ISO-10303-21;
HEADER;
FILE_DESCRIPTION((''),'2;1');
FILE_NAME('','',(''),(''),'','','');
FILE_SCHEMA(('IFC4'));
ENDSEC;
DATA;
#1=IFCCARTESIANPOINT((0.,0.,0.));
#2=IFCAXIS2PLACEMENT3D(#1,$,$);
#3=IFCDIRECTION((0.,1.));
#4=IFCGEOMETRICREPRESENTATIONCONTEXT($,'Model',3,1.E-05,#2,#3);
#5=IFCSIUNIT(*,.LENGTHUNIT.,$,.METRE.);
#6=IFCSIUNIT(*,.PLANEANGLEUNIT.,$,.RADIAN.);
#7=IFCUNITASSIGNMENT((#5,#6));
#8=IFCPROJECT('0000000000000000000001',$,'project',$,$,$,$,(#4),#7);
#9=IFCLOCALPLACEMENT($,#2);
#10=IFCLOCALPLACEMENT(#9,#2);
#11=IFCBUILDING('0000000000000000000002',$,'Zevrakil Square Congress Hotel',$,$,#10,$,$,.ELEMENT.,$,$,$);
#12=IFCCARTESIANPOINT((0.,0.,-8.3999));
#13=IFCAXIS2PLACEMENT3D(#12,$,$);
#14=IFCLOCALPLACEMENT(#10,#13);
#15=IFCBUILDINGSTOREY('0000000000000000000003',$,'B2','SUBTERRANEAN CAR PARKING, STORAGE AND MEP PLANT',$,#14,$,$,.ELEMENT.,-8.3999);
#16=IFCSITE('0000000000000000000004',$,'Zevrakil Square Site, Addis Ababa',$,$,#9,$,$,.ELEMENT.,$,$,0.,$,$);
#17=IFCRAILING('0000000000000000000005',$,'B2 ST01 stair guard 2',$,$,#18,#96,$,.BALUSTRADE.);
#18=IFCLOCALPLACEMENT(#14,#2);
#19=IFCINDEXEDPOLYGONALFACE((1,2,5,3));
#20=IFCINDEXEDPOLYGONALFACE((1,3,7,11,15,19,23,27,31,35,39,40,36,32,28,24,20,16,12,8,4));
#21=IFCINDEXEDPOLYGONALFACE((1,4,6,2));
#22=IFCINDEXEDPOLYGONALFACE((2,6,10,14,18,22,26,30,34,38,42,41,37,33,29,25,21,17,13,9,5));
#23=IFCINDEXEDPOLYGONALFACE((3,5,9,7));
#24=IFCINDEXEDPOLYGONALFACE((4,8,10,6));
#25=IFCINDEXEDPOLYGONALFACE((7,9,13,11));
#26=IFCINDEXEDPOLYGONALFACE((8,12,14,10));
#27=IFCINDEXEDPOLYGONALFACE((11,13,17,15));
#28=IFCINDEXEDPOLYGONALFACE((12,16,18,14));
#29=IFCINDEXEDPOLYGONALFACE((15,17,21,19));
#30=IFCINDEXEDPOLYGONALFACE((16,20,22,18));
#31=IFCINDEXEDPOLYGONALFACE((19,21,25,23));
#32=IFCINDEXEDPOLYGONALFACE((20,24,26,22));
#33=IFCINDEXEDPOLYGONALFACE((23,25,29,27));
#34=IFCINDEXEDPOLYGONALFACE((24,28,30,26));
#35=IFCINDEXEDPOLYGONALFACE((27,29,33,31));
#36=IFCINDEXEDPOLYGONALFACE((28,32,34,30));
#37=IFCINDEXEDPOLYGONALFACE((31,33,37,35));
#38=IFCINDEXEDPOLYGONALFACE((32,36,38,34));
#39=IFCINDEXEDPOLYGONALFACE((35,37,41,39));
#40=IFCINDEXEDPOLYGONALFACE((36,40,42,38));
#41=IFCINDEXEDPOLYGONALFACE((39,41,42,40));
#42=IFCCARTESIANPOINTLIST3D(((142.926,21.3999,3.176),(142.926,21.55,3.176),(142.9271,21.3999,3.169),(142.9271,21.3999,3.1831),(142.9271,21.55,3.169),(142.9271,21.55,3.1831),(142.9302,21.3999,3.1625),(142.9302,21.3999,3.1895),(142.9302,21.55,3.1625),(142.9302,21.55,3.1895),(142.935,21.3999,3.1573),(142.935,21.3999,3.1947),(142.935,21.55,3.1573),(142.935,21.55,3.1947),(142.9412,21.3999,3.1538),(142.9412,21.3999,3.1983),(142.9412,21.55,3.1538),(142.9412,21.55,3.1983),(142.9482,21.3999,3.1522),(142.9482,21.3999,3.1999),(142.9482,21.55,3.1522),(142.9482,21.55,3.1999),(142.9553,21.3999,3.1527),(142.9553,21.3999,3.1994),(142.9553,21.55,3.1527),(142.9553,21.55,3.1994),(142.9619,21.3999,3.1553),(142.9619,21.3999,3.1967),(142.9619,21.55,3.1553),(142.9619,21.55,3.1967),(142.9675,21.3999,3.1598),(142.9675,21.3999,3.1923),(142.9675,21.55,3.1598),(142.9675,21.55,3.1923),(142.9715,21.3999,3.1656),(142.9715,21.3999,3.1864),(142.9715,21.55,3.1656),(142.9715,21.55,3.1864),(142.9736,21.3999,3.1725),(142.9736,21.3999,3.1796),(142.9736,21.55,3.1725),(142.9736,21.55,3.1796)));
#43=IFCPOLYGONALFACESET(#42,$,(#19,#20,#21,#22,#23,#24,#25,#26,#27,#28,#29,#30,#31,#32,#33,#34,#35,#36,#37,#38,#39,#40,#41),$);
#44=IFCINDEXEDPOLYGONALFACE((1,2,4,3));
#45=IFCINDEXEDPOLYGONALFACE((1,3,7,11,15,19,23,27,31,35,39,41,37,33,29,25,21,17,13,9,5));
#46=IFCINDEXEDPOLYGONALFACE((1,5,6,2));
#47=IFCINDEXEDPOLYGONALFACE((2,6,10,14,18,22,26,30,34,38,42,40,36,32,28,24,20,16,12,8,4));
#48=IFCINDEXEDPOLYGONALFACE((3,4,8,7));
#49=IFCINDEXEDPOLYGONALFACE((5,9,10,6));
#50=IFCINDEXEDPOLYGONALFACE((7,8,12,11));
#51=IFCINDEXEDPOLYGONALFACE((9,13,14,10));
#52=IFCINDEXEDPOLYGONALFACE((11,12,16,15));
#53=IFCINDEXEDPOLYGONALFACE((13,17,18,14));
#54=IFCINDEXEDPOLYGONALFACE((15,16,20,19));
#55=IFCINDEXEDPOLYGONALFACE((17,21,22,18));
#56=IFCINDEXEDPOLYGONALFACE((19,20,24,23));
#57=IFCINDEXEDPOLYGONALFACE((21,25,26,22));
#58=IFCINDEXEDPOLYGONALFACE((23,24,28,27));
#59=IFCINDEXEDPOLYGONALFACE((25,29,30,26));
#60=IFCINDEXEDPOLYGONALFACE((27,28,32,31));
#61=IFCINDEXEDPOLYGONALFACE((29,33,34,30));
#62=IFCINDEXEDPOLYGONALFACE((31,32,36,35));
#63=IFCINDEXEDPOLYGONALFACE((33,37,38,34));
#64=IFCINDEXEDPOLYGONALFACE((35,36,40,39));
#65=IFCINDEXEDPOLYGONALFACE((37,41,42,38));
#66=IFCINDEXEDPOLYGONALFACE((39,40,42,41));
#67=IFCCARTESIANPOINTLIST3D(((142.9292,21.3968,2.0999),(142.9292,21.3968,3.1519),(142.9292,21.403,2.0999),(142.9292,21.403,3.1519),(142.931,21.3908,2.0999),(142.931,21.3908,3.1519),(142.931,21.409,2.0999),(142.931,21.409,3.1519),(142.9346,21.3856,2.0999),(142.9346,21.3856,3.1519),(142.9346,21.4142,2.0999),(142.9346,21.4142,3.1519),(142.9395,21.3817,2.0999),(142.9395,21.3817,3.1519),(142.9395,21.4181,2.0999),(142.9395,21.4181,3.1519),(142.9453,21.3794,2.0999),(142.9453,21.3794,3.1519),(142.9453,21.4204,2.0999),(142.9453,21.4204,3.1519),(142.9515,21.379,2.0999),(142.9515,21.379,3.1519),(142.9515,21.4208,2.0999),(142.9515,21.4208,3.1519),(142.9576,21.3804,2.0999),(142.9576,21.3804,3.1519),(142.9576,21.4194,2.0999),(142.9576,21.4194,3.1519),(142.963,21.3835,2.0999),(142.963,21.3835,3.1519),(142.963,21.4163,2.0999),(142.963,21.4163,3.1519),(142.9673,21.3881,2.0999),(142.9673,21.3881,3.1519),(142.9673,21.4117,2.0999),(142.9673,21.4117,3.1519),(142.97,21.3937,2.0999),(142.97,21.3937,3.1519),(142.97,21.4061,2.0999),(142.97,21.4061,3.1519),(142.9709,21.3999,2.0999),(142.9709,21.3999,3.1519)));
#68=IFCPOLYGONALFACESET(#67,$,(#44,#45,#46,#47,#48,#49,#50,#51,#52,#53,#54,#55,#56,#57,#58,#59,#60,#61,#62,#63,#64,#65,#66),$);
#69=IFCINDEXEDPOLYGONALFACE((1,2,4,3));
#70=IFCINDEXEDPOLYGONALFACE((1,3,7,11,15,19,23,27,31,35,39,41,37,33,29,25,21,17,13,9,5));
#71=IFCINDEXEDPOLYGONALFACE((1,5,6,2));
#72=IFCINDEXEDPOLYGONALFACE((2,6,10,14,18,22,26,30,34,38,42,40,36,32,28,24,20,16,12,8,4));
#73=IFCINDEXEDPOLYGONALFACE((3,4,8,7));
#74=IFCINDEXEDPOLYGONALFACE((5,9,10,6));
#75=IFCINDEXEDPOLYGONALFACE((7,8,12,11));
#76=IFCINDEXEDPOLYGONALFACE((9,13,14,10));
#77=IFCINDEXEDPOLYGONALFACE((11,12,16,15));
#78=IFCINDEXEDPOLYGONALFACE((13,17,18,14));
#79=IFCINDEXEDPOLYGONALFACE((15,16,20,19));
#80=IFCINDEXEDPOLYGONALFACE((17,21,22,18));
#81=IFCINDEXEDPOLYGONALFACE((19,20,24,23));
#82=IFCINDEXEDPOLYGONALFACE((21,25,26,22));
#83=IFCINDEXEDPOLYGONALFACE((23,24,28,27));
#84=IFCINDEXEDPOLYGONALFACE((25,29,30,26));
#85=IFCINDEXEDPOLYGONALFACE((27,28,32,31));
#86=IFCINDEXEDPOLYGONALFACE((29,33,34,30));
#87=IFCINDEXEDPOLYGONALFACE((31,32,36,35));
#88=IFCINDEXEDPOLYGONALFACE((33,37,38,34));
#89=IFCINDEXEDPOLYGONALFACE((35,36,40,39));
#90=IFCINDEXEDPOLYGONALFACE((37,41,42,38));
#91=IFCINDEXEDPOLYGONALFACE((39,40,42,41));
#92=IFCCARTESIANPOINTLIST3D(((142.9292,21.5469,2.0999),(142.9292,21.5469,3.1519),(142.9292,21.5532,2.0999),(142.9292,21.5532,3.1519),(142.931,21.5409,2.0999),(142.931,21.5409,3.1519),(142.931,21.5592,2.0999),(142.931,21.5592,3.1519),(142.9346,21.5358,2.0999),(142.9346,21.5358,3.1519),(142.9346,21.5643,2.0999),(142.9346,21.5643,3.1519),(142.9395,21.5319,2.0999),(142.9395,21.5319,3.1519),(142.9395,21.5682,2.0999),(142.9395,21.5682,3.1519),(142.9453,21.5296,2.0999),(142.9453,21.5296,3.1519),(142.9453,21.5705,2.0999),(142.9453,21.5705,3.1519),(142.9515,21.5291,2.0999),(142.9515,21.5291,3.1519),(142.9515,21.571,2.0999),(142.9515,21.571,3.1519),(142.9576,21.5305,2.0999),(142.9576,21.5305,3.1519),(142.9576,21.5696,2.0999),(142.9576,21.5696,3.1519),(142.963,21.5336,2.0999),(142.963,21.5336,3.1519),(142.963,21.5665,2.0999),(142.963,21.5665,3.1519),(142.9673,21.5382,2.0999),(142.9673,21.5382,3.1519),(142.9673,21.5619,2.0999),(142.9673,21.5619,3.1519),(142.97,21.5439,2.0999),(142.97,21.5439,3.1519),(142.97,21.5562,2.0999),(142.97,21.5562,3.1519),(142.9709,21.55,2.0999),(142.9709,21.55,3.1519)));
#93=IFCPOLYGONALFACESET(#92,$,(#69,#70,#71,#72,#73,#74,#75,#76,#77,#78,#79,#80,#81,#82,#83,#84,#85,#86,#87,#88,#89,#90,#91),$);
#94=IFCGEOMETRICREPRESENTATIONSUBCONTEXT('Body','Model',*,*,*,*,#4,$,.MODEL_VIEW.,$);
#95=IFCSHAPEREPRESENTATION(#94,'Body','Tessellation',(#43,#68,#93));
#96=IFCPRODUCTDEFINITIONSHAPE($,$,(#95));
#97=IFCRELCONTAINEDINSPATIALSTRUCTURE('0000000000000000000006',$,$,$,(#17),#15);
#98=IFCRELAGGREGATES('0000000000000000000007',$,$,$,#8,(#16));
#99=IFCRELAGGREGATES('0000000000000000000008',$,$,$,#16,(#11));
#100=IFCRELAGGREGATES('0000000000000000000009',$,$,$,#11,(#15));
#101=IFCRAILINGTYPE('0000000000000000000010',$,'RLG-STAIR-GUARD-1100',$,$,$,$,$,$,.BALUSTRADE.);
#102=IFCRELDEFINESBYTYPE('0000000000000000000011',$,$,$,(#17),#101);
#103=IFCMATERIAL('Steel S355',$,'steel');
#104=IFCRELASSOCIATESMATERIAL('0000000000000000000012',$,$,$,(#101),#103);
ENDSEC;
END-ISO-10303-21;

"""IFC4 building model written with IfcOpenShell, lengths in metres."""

from ifc_helpers import new_model, si_unit, direction, frame, origin, origin_2d, place, context, subcontext, project, spatial, circle, extrude, material, type_object, element, save


model = new_model("IFC4")

# Units and contexts
model_context = context("Model", 3, precision=1e-05, world=origin(), true_north=direction((0.0, 1.0)))
body_context = subcontext(model_context, "Body", "Model", "MODEL_VIEW")
ifc_project = project(units=[si_unit("LENGTHUNIT", "METRE"), si_unit("PLANEANGLEUNIT", "RADIAN")], contexts=[model_context])

# Site, building, storey
site_placement = place(None, origin())
site = spatial("IfcSite", under=ifc_project, at=site_placement, Name="Zevrakil Square Site, Addis Ababa", CompositionType="ELEMENT", RefElevation=0.0)
building_placement = place(site_placement, origin())
building = spatial("IfcBuilding", under=site, at=building_placement, Name="Zevrakil Square Congress Hotel", CompositionType="ELEMENT")
storey_placement = place(building_placement, frame((0.0, 0.0, -8.3999)))
storey = spatial("IfcBuildingStorey", under=building, at=storey_placement, Name="B2", Description="SUBTERRANEAN CAR PARKING, STORAGE AND MEP PLANT", CompositionType="ELEMENT", Elevation=-8.3999)

# Railing
ifc_material_1 = material(Name="Steel S355", Category="steel")
railing_type_1 = type_object("IfcRailingType", Name="RLG-STAIR-GUARD-1100", PredefinedType="BALUSTRADE", material=ifc_material_1)
railing_1_placement = place(storey_placement, frame((142.95, 21.3999, 2.0999)))
element("IfcRailing", 1, at=railing_1_placement, inside=storey, type_object=railing_type_1, Name="B2 ST01 stair guard 2", PredefinedType="BALUSTRADE", context=body_context, shape_type="SweptSolid", body=[
    extrude(circle(Radius=0.0239, at=origin_2d()), frame((0.0, 0.0, 1.0762), z_axis=(0.0, 1.0, 0.0), x_axis=(-1.0, 0.0, 0.0)), (0.0, 0.0, 1.0), 0.1501),
    extrude(circle(Radius=0.021, at=origin_2d()), origin(), (0.0, 0.0, 1.0), 1.052),
    extrude(circle(Radius=0.021, at=origin_2d()), frame((0.0, 0.1501, 0.0)), (0.0, 0.0, 1.0), 1.052),
])

save(model, "model.ifc")
